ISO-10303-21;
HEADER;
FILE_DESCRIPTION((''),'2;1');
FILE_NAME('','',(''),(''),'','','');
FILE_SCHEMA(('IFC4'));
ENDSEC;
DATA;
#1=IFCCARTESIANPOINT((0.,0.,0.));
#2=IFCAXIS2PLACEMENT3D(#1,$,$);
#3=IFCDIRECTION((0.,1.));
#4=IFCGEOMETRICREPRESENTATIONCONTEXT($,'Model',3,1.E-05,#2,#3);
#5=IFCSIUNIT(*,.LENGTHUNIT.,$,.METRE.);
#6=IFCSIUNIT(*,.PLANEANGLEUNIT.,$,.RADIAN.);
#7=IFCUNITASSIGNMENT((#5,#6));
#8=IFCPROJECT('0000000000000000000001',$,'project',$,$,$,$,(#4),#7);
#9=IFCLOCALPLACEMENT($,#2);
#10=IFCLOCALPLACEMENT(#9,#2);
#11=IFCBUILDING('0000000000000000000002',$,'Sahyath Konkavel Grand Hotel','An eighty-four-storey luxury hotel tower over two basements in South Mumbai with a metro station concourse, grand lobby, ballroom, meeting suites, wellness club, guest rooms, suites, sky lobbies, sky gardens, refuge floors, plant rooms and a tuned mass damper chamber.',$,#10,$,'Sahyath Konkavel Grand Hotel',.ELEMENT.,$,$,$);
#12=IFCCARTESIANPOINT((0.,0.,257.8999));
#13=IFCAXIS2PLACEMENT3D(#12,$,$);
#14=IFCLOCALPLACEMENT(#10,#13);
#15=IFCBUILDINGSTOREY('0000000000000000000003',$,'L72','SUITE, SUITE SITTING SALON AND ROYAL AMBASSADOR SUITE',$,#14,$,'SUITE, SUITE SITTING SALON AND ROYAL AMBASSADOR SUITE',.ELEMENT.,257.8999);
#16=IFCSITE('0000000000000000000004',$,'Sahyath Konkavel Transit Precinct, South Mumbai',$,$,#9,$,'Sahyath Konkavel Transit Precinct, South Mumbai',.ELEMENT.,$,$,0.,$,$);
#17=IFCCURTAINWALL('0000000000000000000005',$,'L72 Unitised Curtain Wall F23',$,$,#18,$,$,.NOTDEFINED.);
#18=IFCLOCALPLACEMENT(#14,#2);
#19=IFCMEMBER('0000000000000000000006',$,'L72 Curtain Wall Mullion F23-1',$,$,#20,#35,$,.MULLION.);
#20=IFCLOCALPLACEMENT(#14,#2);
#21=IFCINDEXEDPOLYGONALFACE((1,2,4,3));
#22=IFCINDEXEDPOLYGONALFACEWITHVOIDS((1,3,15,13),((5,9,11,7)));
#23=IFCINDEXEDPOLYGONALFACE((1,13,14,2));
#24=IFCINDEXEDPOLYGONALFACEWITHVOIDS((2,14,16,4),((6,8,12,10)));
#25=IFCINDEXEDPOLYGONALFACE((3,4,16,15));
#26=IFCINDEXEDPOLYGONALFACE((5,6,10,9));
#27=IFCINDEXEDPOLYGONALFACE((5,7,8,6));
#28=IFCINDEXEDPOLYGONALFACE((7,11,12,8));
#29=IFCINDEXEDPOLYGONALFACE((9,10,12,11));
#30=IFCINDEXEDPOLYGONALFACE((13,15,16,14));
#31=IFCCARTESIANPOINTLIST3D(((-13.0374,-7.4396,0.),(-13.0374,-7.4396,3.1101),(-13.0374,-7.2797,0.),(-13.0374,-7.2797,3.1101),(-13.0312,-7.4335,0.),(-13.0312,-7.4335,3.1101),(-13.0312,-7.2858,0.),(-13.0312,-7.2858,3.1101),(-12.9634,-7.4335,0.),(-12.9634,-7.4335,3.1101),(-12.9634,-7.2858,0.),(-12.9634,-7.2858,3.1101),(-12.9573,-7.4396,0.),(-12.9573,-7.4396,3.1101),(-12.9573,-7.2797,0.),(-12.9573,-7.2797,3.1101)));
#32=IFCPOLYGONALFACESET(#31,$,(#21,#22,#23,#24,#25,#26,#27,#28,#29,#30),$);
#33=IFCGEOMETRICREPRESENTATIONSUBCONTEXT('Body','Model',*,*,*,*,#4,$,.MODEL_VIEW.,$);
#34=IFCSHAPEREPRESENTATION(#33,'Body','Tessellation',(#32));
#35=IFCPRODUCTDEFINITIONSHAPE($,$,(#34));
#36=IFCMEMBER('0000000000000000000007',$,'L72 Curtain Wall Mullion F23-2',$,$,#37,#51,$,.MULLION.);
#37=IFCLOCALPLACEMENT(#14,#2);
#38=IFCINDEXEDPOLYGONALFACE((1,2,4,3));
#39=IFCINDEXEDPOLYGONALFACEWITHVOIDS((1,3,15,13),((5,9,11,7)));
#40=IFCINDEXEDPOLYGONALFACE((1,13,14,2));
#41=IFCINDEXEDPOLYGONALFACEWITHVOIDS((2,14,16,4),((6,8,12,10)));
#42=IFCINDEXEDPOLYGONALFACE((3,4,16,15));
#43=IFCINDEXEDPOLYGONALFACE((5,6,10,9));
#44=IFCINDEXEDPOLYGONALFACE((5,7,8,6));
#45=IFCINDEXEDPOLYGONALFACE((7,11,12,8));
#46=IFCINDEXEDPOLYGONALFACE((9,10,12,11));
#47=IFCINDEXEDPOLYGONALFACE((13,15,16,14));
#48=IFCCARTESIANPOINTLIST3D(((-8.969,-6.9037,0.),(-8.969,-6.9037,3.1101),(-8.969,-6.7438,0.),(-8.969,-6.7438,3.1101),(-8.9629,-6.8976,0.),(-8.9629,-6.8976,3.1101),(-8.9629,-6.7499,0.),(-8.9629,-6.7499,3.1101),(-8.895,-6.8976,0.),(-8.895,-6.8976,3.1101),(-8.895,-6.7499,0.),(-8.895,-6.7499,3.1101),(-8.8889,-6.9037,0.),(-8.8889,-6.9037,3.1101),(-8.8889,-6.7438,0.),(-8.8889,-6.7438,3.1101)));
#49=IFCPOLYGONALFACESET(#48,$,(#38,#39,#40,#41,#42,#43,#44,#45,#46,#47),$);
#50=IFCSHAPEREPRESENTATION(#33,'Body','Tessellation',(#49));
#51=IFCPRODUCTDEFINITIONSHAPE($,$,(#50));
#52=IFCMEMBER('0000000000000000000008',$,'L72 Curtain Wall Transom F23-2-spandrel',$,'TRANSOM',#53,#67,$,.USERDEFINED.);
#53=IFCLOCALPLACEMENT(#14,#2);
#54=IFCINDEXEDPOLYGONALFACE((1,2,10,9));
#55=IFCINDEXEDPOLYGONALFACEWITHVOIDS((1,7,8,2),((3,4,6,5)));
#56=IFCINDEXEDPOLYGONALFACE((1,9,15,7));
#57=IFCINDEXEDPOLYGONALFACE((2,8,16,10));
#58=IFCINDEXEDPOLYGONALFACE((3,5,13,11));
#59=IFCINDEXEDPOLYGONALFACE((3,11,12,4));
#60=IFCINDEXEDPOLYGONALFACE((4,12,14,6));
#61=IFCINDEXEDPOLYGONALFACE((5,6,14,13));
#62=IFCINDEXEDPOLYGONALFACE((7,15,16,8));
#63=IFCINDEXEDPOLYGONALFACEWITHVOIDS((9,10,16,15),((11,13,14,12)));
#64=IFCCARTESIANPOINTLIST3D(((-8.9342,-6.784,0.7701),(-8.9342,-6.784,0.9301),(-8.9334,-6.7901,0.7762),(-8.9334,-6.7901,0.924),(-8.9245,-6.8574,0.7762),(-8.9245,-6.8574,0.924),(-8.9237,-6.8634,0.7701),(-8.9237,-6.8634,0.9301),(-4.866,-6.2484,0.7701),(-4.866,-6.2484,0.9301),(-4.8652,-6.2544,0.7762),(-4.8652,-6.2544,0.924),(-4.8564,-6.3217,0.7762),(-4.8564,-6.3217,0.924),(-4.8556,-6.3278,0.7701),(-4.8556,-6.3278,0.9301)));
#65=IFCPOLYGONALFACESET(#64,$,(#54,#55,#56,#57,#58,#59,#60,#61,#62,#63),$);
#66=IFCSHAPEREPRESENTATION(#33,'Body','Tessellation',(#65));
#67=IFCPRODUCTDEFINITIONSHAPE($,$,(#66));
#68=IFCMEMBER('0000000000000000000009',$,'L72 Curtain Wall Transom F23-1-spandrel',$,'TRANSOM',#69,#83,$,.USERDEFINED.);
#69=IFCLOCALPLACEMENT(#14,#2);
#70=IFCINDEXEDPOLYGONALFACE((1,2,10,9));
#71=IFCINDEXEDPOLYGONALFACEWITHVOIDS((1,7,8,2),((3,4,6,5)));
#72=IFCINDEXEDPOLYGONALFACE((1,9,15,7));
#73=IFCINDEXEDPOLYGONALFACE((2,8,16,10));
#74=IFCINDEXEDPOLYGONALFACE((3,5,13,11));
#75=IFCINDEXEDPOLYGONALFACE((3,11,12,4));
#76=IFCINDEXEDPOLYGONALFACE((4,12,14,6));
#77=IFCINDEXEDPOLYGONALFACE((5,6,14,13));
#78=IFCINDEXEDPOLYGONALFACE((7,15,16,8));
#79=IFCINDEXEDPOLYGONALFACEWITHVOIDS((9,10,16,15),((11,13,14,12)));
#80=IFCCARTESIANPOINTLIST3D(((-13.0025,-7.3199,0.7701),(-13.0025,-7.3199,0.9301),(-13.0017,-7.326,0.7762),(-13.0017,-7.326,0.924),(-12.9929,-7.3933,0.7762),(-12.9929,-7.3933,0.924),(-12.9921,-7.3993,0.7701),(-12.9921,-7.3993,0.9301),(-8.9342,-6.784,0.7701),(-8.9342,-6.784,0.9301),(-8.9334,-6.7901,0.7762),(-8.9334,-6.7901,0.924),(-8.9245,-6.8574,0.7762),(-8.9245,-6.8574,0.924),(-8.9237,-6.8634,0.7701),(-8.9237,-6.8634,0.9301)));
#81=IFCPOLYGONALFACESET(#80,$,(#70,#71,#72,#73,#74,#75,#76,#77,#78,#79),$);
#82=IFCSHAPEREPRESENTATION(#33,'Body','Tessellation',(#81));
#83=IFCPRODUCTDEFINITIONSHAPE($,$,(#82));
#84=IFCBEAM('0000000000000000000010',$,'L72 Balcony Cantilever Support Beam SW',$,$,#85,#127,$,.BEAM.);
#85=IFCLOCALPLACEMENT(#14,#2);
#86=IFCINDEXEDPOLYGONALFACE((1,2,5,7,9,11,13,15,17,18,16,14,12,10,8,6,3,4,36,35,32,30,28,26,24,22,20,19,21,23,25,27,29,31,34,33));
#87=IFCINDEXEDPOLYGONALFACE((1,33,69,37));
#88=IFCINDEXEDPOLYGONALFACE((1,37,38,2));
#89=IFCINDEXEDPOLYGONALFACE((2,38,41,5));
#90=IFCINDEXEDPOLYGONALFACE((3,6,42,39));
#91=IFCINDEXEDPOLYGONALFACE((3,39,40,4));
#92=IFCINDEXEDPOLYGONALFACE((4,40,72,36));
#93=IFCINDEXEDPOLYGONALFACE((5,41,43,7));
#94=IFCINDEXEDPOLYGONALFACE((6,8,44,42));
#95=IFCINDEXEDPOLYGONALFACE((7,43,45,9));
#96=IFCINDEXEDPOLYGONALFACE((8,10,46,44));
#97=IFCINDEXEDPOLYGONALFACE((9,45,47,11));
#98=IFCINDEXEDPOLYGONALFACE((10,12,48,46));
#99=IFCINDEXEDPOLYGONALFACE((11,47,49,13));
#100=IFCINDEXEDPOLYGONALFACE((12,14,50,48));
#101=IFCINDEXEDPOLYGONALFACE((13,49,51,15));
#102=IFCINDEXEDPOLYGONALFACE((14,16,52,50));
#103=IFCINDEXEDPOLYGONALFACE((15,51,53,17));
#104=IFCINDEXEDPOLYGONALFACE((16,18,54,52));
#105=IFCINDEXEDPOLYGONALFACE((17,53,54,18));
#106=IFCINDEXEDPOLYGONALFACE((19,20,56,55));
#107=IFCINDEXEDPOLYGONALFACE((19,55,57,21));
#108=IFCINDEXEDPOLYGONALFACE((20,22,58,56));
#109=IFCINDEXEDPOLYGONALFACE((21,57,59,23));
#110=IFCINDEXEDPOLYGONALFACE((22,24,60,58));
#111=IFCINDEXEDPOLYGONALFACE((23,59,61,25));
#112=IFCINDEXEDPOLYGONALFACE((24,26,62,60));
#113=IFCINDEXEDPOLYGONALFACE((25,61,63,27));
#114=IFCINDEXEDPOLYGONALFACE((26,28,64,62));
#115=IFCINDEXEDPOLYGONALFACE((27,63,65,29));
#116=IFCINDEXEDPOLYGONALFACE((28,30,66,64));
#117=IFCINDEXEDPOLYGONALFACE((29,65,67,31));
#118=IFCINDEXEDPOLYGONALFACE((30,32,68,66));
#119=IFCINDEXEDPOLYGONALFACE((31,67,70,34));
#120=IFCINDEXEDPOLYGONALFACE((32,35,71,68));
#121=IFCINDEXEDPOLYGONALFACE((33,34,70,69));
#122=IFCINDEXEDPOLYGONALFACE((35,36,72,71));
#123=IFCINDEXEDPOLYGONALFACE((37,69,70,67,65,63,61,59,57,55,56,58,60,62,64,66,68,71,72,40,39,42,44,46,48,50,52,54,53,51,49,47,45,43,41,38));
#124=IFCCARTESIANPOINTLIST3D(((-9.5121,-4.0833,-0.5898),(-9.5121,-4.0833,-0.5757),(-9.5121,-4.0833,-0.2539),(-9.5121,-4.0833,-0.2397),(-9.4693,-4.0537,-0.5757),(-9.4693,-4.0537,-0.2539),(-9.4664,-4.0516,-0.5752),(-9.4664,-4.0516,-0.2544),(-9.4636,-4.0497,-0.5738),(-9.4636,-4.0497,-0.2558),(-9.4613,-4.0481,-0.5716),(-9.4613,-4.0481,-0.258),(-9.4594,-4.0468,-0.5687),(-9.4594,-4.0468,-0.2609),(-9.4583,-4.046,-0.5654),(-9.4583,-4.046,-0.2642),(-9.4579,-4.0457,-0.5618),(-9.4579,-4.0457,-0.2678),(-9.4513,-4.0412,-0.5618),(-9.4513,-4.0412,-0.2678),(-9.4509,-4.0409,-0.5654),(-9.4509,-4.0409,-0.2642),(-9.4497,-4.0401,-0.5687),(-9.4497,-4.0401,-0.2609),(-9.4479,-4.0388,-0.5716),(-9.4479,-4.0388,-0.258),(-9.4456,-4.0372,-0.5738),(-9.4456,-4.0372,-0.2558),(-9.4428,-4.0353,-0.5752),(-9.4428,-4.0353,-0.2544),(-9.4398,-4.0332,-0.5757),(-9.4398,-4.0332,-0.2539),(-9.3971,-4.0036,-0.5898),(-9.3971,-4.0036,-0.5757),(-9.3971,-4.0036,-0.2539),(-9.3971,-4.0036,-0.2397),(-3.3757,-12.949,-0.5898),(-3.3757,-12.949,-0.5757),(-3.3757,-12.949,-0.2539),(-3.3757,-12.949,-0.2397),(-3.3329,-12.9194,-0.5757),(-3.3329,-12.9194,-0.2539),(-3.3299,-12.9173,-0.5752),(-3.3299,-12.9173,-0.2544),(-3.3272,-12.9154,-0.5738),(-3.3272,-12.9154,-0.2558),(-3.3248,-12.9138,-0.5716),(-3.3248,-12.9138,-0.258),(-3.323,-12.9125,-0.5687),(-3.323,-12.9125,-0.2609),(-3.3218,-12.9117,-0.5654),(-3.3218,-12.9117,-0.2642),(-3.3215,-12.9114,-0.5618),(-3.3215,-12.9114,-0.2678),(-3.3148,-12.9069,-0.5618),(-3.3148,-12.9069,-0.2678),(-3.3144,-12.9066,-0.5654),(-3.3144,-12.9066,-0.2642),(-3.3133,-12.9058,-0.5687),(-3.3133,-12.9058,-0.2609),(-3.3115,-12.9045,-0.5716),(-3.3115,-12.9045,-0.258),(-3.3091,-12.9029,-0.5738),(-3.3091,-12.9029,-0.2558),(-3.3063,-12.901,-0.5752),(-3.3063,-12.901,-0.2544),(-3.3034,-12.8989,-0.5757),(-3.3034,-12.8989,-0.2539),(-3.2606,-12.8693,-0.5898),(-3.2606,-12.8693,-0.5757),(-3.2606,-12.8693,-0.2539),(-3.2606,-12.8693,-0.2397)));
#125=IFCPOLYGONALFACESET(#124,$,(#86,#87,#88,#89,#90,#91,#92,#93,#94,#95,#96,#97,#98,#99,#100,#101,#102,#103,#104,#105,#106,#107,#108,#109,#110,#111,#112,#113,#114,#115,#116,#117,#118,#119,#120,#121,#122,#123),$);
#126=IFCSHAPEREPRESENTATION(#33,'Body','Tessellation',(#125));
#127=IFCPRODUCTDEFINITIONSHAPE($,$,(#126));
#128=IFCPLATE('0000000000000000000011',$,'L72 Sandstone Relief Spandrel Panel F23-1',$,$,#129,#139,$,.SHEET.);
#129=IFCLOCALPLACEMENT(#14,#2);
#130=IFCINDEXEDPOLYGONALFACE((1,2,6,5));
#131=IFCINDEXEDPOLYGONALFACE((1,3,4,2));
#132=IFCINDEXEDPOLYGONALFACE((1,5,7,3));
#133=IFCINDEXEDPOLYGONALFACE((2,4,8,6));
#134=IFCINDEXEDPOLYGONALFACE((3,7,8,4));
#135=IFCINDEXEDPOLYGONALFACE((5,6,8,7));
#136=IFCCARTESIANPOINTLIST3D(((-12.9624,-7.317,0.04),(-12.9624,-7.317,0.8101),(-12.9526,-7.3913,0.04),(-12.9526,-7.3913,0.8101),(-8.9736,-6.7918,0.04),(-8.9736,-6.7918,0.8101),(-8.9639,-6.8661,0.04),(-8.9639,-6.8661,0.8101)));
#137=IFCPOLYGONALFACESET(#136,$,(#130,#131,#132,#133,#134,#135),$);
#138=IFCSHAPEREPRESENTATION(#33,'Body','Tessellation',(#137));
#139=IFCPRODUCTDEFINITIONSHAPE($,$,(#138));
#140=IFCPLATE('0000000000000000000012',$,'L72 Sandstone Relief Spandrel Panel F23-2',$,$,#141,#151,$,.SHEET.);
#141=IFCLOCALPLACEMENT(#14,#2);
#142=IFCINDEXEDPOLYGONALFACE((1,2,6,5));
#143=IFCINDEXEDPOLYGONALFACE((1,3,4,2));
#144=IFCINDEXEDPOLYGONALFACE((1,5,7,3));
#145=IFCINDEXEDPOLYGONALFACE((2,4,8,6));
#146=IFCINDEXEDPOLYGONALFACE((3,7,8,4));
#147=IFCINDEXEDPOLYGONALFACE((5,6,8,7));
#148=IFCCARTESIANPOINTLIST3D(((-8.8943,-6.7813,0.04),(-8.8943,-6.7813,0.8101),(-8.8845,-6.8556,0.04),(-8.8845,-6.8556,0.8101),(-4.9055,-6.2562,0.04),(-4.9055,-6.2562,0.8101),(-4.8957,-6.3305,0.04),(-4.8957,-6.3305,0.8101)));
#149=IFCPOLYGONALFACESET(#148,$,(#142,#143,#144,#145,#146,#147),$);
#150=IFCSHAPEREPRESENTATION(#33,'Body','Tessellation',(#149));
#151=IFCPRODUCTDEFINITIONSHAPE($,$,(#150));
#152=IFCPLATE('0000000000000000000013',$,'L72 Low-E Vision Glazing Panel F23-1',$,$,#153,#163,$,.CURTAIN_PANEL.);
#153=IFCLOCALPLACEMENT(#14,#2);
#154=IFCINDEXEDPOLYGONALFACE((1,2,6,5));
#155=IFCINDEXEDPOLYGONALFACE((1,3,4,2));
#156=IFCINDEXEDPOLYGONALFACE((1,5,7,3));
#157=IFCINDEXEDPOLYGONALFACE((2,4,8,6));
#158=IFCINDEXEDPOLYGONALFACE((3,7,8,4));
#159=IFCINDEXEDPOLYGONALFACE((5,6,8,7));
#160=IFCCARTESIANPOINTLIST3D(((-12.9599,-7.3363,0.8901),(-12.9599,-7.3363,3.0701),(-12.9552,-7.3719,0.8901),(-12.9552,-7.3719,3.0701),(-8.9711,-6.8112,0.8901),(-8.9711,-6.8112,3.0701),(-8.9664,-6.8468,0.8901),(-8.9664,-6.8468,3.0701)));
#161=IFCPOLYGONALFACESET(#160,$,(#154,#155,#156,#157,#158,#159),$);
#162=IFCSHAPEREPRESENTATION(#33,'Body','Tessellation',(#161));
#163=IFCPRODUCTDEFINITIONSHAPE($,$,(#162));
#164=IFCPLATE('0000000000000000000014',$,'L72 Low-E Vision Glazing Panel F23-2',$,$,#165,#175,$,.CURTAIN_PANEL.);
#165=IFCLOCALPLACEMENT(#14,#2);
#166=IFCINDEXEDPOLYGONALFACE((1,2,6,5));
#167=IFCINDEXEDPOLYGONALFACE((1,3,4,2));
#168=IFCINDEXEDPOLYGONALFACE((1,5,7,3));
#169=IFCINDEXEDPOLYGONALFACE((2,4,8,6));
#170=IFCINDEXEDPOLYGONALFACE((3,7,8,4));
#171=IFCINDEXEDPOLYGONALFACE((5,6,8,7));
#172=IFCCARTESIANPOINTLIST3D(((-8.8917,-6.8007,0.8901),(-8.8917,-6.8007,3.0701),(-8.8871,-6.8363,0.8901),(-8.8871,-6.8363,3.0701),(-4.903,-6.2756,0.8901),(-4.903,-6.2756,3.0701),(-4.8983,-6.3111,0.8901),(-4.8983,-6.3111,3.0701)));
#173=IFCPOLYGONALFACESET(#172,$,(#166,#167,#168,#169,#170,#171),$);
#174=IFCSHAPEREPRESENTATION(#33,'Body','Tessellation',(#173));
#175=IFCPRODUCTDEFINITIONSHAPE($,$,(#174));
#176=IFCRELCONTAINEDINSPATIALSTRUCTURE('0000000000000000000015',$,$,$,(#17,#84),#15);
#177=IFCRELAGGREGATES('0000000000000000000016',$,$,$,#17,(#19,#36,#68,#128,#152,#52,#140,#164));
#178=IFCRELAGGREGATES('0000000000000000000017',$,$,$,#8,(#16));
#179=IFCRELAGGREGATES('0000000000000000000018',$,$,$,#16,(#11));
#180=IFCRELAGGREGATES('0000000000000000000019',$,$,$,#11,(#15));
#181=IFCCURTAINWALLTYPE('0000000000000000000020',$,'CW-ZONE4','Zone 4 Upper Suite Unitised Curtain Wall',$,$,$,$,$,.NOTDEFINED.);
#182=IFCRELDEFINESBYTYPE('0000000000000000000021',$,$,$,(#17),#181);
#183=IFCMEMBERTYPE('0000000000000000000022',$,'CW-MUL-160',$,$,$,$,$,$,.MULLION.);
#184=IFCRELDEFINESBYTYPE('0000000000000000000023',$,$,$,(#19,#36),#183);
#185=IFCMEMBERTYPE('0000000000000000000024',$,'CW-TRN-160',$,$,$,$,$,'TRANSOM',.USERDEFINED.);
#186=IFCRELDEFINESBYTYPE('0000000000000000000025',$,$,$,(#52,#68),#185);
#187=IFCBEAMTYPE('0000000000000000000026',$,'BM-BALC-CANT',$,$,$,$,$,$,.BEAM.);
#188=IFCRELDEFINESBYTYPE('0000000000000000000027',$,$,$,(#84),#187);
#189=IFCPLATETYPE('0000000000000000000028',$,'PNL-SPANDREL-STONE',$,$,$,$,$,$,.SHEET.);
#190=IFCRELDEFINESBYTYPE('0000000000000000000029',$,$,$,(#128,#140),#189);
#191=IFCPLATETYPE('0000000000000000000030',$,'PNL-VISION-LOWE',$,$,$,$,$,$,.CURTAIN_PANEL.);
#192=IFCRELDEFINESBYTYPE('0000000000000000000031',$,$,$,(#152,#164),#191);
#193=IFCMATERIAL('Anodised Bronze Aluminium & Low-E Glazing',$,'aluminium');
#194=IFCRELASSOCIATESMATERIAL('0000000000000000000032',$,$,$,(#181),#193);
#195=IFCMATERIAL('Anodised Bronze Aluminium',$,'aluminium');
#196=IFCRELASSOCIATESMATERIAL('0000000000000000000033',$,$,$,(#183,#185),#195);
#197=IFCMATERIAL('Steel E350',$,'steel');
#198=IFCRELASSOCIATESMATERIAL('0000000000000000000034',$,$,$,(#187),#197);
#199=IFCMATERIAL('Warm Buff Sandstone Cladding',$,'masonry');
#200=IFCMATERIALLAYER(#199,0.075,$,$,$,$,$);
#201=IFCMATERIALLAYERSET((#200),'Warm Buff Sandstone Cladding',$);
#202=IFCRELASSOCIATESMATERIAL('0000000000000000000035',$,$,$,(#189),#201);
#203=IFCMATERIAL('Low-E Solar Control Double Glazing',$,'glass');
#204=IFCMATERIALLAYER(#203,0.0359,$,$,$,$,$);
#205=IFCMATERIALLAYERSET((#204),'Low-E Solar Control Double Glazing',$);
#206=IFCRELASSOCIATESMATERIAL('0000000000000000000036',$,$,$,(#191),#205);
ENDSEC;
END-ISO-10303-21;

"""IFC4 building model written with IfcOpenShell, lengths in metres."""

from ifc_helpers import new_model, si_unit, direction, frame, origin, origin_2d, place, context, subcontext, project, spatial, rectangle, hollow_rectangle, i_section, extrude, source, transform, mapped, material, layer, layer_set, material_profile, profile_set, type_object, element, aggregate, save


model = new_model("IFC4")

# Units and contexts
model_context = context("Model", 3, precision=1e-05, world=origin(), true_north=direction((0.0, 1.0)))
body_context = subcontext(model_context, "Body", "Model", "MODEL_VIEW")
ifc_project = project(units=[si_unit("LENGTHUNIT", "METRE"), si_unit("PLANEANGLEUNIT", "RADIAN")], contexts=[model_context])

# Site, building, storey
site_placement = place(None, origin())
site = spatial("IfcSite", under=ifc_project, at=site_placement, Name="Sahyath Konkavel Transit Precinct, South Mumbai", LongName="Sahyath Konkavel Transit Precinct, South Mumbai", CompositionType="ELEMENT", RefElevation=0.0)
building_placement = place(site_placement, origin())
building = spatial("IfcBuilding", under=site, at=building_placement, Name="Sahyath Konkavel Grand Hotel", Description="An eighty-four-storey luxury hotel tower over two basements in South Mumbai with a metro station concourse, grand lobby, ballroom, meeting suites, wellness club, guest rooms, suites, sky lobbies, sky gardens, refuge floors, plant rooms and a tuned mass damper chamber.", LongName="Sahyath Konkavel Grand Hotel", CompositionType="ELEMENT")
storey_placement = place(building_placement, frame((0.0, 0.0, 257.8999)))
storey = spatial("IfcBuildingStorey", under=building, at=storey_placement, Name="L72", Description="SUITE, SUITE SITTING SALON AND ROYAL AMBASSADOR SUITE", LongName="SUITE, SUITE SITTING SALON AND ROYAL AMBASSADOR SUITE", CompositionType="ELEMENT", Elevation=257.8999)

# Shared definitions
ifc_material_1 = material(Name="Steel E350", Category="steel")

# Curtain wall, members
ifc_material_2 = material(Name="Anodised Bronze Aluminium & Low-E Glazing", Category="aluminium")
curtain_wall_type = type_object("IfcCurtainWallType", Name="CW-ZONE4", Description="Zone 4 Upper Suite Unitised Curtain Wall", PredefinedType="NOTDEFINED", material=ifc_material_2)
curtain_wall_placement = place(storey_placement, origin())
curtain_wall = element("IfcCurtainWall", 1, at=curtain_wall_placement, inside=storey, type_object=curtain_wall_type, Name="L72 Unitised Curtain Wall F23", PredefinedType="NOTDEFINED")
ifc_material_3 = material(Name="Anodised Bronze Aluminium", Category="aluminium")
ifc_material_profile_1 = material_profile(ifc_material_3, hollow_rectangle(XDim=0.0801, YDim=0.1599, WallThickness=0.0061, at=origin_2d()), Name="RHS 160x80x6")
ifc_profile_set_1 = profile_set([ifc_material_profile_1], Name="Anodised Bronze Aluminium")
member_type_1 = type_object("IfcMemberType", Name="CW-MUL-160", PredefinedType="MULLION", material=ifc_profile_set_1)
shared_shape_1 = source(origin(), body_context, "Body", "SweptSolid", [
    extrude(hollow_rectangle(XDim=0.0801, YDim=0.1599, WallThickness=0.0061, at=origin_2d()), origin(), (0.0, 0.0, 1.0), 3.1101),
])
member_1_placement = place(storey_placement, frame((-12.9973, -7.3596, 0.0), z_axis=(0.0, 0.0, 1.0), x_axis=(1.0, 0.0, 0.0)))
member_1 = element("IfcMember", 2, at=member_1_placement, type_object=member_type_1, Name="L72 Curtain Wall Mullion F23-1", PredefinedType="MULLION", context=body_context, shape_type="MappedRepresentation", body=[
    mapped(shared_shape_1, transform((0.0, 0.0, 0.0), scale=1.0)),
])
member_2_placement = place(storey_placement, frame((-8.929, -6.8237, 0.0), z_axis=(0.0, 0.0, 1.0), x_axis=(1.0, 0.0, 0.0)))
member_2 = element("IfcMember", 3, at=member_2_placement, type_object=member_type_1, Name="L72 Curtain Wall Mullion F23-2", PredefinedType="MULLION", context=body_context, shape_type="MappedRepresentation", body=[
    mapped(shared_shape_1, transform((0.0, 0.0, 0.0), scale=1.0)),
])
ifc_material_profile_2 = material_profile(ifc_material_3, hollow_rectangle(XDim=0.0801, YDim=0.1599, WallThickness=0.0061, at=origin_2d()), Name="RHS 160x80x6")
ifc_profile_set_2 = profile_set([ifc_material_profile_2], Name="Anodised Bronze Aluminium")
member_type_2 = type_object("IfcMemberType", Name="CW-TRN-160", ElementType="TRANSOM", PredefinedType="USERDEFINED", material=ifc_profile_set_2)
shared_shape_2 = source(origin(), body_context, "Body", "SweptSolid", [
    extrude(hollow_rectangle(XDim=0.0801, YDim=0.1599, WallThickness=0.0061, at=origin_2d()), origin(), (0.0, 0.0, 1.0), 4.1033),
])
member_3_placement = place(storey_placement, frame((-8.929, -6.8237, 0.8501), z_axis=(0.991443, 0.130542, 0.0), x_axis=(-0.130542, 0.991443, 0.0)))
member_3 = element("IfcMember", 4, at=member_3_placement, type_object=member_type_2, Name="L72 Curtain Wall Transom F23-2-spandrel", ObjectType="TRANSOM", PredefinedType="USERDEFINED", context=body_context, shape_type="MappedRepresentation", body=[
    mapped(shared_shape_2, transform((0.0, 0.0, 0.0), scale=1.0)),
])
shared_shape_3 = source(origin(), body_context, "Body", "SweptSolid", [
    extrude(hollow_rectangle(XDim=0.0801, YDim=0.1599, WallThickness=0.0061, at=origin_2d()), origin(), (0.0, 0.0, 1.0), 4.1035),
])
member_4_placement = place(storey_placement, frame((-12.9973, -7.3596, 0.8501), z_axis=(0.991436, 0.130593, 0.0), x_axis=(-0.130593, 0.991436, 0.0)))
member_4 = element("IfcMember", 5, at=member_4_placement, type_object=member_type_2, Name="L72 Curtain Wall Transom F23-1-spandrel", ObjectType="TRANSOM", PredefinedType="USERDEFINED", context=body_context, shape_type="MappedRepresentation", body=[
    mapped(shared_shape_3, transform((0.0, 0.0, 0.0), scale=1.0)),
])

# Beam
ifc_material_profile_3 = material_profile(ifc_material_1, i_section(OverallWidth=0.1399, OverallDepth=0.3501, WebThickness=0.0081, FlangeThickness=0.0142, FilletRadius=0.0139, at=origin_2d()), Name="ISMB 350")
ifc_profile_set_3 = profile_set([ifc_material_profile_3], Name="Steel E350")
beam_type_1 = type_object("IfcBeamType", Name="BM-BALC-CANT", PredefinedType="BEAM", material=ifc_profile_set_3)
shared_shape_4 = source(origin(), body_context, "Body", "SweptSolid", [
    extrude(i_section(OverallWidth=0.1399, OverallDepth=0.3501, WebThickness=0.0081, FlangeThickness=0.0142, FilletRadius=0.0139, at=origin_2d()), origin(), (0.0, 0.0, 1.0), 10.7822),
])
beam_1_placement = place(storey_placement, frame((-9.4546, -4.0435, -0.4148), z_axis=(0.569126, -0.82225, 0.0), x_axis=(0.82225, 0.569126, 0.0)))
element("IfcBeam", 6, at=beam_1_placement, inside=storey, type_object=beam_type_1, Name="L72 Balcony Cantilever Support Beam SW", PredefinedType="BEAM", context=body_context, shape_type="MappedRepresentation", body=[
    mapped(shared_shape_4, transform((0.0, 0.0, 0.0), scale=1.0)),
])

# Plates
ifc_material_4 = material(Name="Warm Buff Sandstone Cladding", Category="masonry")
ifc_layer_1 = layer(ifc_material_4, 0.075)
ifc_layer_set_1 = layer_set([ifc_layer_1], Name="Warm Buff Sandstone Cladding")
plate_type_1 = type_object("IfcPlateType", Name="PNL-SPANDREL-STONE", PredefinedType="SHEET", material=ifc_layer_set_1)
shared_shape_5 = source(origin(), body_context, "Body", "SweptSolid", [
    extrude(rectangle(XDim=4.0232, YDim=0.075, at=origin_2d()), origin(), (0.0, 0.0, 1.0), 0.77),
])
plate_1_placement = place(storey_placement, frame((-10.9631, -7.0916, 0.04), z_axis=(0.0, 0.0, 1.0), x_axis=(0.991445, 0.130526, 0.0)))
plate_1 = element("IfcPlate", 7, at=plate_1_placement, type_object=plate_type_1, Name="L72 Sandstone Relief Spandrel Panel F23-1", PredefinedType="SHEET", context=body_context, shape_type="MappedRepresentation", body=[
    mapped(shared_shape_5, transform((0.0, 0.0, 0.0), scale=1.0)),
])
plate_2_placement = place(storey_placement, frame((-6.895, -6.5559, 0.04), z_axis=(0.0, 0.0, 1.0), x_axis=(0.991445, 0.130526, 0.0)))
plate_2 = element("IfcPlate", 8, at=plate_2_placement, type_object=plate_type_1, Name="L72 Sandstone Relief Spandrel Panel F23-2", PredefinedType="SHEET", context=body_context, shape_type="MappedRepresentation", body=[
    mapped(shared_shape_5, transform((0.0, 0.0, 0.0), scale=1.0)),
])
ifc_material_5 = material(Name="Low-E Solar Control Double Glazing", Category="glass")
ifc_layer_2 = layer(ifc_material_5, 0.0359)
ifc_layer_set_2 = layer_set([ifc_layer_2], Name="Low-E Solar Control Double Glazing")
plate_type_2 = type_object("IfcPlateType", Name="PNL-VISION-LOWE", PredefinedType="CURTAIN_PANEL", material=ifc_layer_set_2)
shared_shape_6 = source(origin(), body_context, "Body", "SweptSolid", [
    extrude(rectangle(XDim=4.0232, YDim=0.0359, at=origin_2d()), origin(), (0.0, 0.0, 1.0), 2.1799),
])
plate_3_placement = place(storey_placement, frame((-10.9631, -7.0916, 0.8901), z_axis=(0.0, 0.0, 1.0), x_axis=(0.991445, 0.130526, 0.0)))
plate_3 = element("IfcPlate", 9, at=plate_3_placement, type_object=plate_type_2, Name="L72 Low-E Vision Glazing Panel F23-1", PredefinedType="CURTAIN_PANEL", context=body_context, shape_type="MappedRepresentation", body=[
    mapped(shared_shape_6, transform((0.0, 0.0, 0.0), scale=1.0)),
])
plate_4_placement = place(storey_placement, frame((-6.895, -6.5559, 0.8901), z_axis=(0.0, 0.0, 1.0), x_axis=(0.991445, 0.130526, 0.0)))
plate_4 = element("IfcPlate", 10, at=plate_4_placement, type_object=plate_type_2, Name="L72 Low-E Vision Glazing Panel F23-2", PredefinedType="CURTAIN_PANEL", context=body_context, shape_type="MappedRepresentation", body=[
    mapped(shared_shape_6, transform((0.0, 0.0, 0.0), scale=1.0)),
])
aggregate(curtain_wall, [member_1, member_2, member_4, plate_1, plate_3, member_3, plate_2, plate_4])

save(model, "model.ifc")
